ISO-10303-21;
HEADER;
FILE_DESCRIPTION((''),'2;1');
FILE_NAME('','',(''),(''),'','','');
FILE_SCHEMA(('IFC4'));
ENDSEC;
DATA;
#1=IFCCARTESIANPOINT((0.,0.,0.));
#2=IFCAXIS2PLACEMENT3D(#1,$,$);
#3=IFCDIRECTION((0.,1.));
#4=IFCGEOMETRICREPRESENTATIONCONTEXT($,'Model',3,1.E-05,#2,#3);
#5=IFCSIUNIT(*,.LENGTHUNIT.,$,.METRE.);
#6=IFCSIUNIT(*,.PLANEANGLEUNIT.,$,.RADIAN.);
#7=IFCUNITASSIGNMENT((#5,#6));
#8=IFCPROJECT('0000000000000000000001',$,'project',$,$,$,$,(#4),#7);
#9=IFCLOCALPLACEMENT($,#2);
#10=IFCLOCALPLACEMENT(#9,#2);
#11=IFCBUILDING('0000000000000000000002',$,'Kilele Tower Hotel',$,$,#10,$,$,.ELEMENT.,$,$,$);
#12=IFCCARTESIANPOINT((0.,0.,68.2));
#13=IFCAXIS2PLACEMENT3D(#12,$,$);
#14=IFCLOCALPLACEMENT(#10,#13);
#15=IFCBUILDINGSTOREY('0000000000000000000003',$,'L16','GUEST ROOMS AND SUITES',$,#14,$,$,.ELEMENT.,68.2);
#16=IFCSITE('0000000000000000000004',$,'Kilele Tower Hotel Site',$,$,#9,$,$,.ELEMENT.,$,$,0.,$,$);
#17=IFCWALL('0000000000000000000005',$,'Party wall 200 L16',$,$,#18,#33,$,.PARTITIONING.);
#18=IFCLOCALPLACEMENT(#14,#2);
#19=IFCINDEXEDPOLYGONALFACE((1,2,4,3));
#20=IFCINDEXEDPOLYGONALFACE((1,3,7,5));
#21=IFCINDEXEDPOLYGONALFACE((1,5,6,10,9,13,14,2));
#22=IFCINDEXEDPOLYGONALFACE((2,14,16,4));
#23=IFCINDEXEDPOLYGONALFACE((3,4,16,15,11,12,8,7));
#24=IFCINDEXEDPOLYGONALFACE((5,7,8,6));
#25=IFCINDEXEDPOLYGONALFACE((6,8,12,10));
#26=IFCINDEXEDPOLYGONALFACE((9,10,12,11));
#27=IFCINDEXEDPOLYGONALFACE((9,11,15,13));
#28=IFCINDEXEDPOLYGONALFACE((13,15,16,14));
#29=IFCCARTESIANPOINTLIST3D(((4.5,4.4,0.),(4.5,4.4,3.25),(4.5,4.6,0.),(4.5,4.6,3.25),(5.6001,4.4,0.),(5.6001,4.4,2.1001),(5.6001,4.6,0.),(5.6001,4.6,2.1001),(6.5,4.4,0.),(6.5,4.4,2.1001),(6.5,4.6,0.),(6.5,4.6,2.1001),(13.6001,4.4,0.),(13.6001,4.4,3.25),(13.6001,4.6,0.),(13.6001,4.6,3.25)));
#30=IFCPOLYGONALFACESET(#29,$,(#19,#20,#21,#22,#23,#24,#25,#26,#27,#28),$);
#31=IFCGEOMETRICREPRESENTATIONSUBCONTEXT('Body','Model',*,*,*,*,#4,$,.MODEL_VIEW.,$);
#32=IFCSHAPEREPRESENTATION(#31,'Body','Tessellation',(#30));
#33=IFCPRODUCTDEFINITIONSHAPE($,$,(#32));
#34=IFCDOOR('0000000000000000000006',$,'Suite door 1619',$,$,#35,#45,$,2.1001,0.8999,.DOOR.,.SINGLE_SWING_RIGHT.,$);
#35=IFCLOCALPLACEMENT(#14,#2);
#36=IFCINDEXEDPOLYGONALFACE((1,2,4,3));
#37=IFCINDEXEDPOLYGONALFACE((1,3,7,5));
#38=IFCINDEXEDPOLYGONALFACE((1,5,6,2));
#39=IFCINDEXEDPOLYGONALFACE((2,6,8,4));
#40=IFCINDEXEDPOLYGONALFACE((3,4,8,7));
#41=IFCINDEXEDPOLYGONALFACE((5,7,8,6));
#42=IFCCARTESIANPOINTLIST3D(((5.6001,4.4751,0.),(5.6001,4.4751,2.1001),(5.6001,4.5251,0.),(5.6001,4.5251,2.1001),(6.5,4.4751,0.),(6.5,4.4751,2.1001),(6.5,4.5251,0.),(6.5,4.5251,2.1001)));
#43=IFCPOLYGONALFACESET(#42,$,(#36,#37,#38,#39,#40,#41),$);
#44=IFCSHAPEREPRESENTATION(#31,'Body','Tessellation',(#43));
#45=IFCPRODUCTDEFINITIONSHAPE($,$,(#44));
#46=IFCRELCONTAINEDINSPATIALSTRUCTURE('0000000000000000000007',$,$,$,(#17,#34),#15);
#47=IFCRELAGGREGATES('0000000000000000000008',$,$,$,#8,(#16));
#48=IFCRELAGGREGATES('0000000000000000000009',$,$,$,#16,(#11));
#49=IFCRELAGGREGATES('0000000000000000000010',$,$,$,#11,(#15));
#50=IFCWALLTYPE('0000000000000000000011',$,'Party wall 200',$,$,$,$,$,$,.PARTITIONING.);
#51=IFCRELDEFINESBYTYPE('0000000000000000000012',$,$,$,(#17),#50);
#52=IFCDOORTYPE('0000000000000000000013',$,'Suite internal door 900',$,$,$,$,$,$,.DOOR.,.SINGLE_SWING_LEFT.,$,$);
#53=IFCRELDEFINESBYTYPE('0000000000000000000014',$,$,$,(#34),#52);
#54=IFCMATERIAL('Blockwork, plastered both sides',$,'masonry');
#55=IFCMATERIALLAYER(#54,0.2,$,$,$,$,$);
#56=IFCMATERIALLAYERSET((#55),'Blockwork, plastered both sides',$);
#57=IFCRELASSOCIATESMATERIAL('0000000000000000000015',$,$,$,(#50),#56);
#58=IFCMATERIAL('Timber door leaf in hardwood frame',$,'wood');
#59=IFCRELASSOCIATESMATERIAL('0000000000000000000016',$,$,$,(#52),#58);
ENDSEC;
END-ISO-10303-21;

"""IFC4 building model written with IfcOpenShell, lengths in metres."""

from ifc_helpers import new_model, si_unit, direction, frame, frame_2d, origin, place, context, subcontext, project, spatial, rectangle, extrude, material, layer, layer_set, type_object, element, fill, save


model = new_model("IFC4")

# Units and contexts
model_context = context("Model", 3, precision=1e-05, world=origin(), true_north=direction((0.0, 1.0)))
body_context = subcontext(model_context, "Body", "Model", "MODEL_VIEW")
ifc_project = project(units=[si_unit("LENGTHUNIT", "METRE"), si_unit("PLANEANGLEUNIT", "RADIAN")], contexts=[model_context])

# Site, building, storey
site_placement = place(None, origin())
site = spatial("IfcSite", under=ifc_project, at=site_placement, Name="Kilele Tower Hotel Site", CompositionType="ELEMENT", RefElevation=0.0)
building_placement = place(site_placement, origin())
building = spatial("IfcBuilding", under=site, at=building_placement, Name="Kilele Tower Hotel", CompositionType="ELEMENT")
storey_placement = place(building_placement, frame((0.0, 0.0, 68.2)))
storey = spatial("IfcBuildingStorey", under=building, at=storey_placement, Name="L16", Description="GUEST ROOMS AND SUITES", CompositionType="ELEMENT", Elevation=68.2)

# Wall, opening, door
ifc_material_1 = material(Name="Blockwork, plastered both sides", Category="masonry")
ifc_layer_1 = layer(ifc_material_1, 0.2)
ifc_layer_set_1 = layer_set([ifc_layer_1], Name="Blockwork, plastered both sides")
wall_type_1 = type_object("IfcWallType", Name="Party wall 200", PredefinedType="PARTITIONING", material=ifc_layer_set_1)
wall_1_placement = place(storey_placement, frame((13.6001, 4.5, 0.0), z_axis=(0.0, 0.0, 1.0), x_axis=(-1.0, 0.0, 0.0)))
wall_1 = element("IfcWall", 1, at=wall_1_placement, inside=storey, type_object=wall_type_1, Name="Party wall 200 L16", PredefinedType="PARTITIONING", context=body_context, shape_type="SweptSolid", body=[
    extrude(rectangle(XDim=9.1001, YDim=0.2, at=frame_2d((4.55, 0.0))), origin(), (0.0, 0.0, 1.0), 3.25),
])
opening_1_placement = place(wall_1_placement, frame((7.1001, 0.0, 0.0)))
opening_1 = element("IfcOpeningElement", 2, at=opening_1_placement, cuts=wall_1, PredefinedType="OPENING", context=body_context, shape_type="SweptSolid", body=[
    extrude(rectangle(XDim=0.8999, YDim=2.1001, at=frame_2d((0.45, 1.05))), frame((0.0, 0.1099, 0.0), z_axis=(0.0, -1.0, 0.0), x_axis=(1.0, 0.0, 0.0)), (0.0, 0.0, 1.0), 0.22),
])
ifc_material_2 = material(Name="Timber door leaf in hardwood frame", Category="wood")
door_type_1 = type_object("IfcDoorType", Name="Suite internal door 900", OperationType="SINGLE_SWING_LEFT", PredefinedType="DOOR", material=ifc_material_2)
door_1_placement = place(opening_1_placement, origin())
door_1 = element("IfcDoor", 3, at=door_1_placement, inside=storey, type_object=door_type_1, Name="Suite door 1619", OperationType="SINGLE_SWING_RIGHT", OverallHeight=2.1001, OverallWidth=0.8999, PredefinedType="DOOR", context=body_context, shape_type="SweptSolid", body=[
    extrude(rectangle(XDim=0.8999, YDim=2.1001, at=frame_2d((0.45, 1.05))), frame((0.0, 0.0249, 0.0), z_axis=(0.0, -1.0, 0.0), x_axis=(1.0, 0.0, 0.0)), (0.0, 0.0, 1.0), 0.05),
])
fill(opening_1, door_1)

save(model, "model.ifc")
